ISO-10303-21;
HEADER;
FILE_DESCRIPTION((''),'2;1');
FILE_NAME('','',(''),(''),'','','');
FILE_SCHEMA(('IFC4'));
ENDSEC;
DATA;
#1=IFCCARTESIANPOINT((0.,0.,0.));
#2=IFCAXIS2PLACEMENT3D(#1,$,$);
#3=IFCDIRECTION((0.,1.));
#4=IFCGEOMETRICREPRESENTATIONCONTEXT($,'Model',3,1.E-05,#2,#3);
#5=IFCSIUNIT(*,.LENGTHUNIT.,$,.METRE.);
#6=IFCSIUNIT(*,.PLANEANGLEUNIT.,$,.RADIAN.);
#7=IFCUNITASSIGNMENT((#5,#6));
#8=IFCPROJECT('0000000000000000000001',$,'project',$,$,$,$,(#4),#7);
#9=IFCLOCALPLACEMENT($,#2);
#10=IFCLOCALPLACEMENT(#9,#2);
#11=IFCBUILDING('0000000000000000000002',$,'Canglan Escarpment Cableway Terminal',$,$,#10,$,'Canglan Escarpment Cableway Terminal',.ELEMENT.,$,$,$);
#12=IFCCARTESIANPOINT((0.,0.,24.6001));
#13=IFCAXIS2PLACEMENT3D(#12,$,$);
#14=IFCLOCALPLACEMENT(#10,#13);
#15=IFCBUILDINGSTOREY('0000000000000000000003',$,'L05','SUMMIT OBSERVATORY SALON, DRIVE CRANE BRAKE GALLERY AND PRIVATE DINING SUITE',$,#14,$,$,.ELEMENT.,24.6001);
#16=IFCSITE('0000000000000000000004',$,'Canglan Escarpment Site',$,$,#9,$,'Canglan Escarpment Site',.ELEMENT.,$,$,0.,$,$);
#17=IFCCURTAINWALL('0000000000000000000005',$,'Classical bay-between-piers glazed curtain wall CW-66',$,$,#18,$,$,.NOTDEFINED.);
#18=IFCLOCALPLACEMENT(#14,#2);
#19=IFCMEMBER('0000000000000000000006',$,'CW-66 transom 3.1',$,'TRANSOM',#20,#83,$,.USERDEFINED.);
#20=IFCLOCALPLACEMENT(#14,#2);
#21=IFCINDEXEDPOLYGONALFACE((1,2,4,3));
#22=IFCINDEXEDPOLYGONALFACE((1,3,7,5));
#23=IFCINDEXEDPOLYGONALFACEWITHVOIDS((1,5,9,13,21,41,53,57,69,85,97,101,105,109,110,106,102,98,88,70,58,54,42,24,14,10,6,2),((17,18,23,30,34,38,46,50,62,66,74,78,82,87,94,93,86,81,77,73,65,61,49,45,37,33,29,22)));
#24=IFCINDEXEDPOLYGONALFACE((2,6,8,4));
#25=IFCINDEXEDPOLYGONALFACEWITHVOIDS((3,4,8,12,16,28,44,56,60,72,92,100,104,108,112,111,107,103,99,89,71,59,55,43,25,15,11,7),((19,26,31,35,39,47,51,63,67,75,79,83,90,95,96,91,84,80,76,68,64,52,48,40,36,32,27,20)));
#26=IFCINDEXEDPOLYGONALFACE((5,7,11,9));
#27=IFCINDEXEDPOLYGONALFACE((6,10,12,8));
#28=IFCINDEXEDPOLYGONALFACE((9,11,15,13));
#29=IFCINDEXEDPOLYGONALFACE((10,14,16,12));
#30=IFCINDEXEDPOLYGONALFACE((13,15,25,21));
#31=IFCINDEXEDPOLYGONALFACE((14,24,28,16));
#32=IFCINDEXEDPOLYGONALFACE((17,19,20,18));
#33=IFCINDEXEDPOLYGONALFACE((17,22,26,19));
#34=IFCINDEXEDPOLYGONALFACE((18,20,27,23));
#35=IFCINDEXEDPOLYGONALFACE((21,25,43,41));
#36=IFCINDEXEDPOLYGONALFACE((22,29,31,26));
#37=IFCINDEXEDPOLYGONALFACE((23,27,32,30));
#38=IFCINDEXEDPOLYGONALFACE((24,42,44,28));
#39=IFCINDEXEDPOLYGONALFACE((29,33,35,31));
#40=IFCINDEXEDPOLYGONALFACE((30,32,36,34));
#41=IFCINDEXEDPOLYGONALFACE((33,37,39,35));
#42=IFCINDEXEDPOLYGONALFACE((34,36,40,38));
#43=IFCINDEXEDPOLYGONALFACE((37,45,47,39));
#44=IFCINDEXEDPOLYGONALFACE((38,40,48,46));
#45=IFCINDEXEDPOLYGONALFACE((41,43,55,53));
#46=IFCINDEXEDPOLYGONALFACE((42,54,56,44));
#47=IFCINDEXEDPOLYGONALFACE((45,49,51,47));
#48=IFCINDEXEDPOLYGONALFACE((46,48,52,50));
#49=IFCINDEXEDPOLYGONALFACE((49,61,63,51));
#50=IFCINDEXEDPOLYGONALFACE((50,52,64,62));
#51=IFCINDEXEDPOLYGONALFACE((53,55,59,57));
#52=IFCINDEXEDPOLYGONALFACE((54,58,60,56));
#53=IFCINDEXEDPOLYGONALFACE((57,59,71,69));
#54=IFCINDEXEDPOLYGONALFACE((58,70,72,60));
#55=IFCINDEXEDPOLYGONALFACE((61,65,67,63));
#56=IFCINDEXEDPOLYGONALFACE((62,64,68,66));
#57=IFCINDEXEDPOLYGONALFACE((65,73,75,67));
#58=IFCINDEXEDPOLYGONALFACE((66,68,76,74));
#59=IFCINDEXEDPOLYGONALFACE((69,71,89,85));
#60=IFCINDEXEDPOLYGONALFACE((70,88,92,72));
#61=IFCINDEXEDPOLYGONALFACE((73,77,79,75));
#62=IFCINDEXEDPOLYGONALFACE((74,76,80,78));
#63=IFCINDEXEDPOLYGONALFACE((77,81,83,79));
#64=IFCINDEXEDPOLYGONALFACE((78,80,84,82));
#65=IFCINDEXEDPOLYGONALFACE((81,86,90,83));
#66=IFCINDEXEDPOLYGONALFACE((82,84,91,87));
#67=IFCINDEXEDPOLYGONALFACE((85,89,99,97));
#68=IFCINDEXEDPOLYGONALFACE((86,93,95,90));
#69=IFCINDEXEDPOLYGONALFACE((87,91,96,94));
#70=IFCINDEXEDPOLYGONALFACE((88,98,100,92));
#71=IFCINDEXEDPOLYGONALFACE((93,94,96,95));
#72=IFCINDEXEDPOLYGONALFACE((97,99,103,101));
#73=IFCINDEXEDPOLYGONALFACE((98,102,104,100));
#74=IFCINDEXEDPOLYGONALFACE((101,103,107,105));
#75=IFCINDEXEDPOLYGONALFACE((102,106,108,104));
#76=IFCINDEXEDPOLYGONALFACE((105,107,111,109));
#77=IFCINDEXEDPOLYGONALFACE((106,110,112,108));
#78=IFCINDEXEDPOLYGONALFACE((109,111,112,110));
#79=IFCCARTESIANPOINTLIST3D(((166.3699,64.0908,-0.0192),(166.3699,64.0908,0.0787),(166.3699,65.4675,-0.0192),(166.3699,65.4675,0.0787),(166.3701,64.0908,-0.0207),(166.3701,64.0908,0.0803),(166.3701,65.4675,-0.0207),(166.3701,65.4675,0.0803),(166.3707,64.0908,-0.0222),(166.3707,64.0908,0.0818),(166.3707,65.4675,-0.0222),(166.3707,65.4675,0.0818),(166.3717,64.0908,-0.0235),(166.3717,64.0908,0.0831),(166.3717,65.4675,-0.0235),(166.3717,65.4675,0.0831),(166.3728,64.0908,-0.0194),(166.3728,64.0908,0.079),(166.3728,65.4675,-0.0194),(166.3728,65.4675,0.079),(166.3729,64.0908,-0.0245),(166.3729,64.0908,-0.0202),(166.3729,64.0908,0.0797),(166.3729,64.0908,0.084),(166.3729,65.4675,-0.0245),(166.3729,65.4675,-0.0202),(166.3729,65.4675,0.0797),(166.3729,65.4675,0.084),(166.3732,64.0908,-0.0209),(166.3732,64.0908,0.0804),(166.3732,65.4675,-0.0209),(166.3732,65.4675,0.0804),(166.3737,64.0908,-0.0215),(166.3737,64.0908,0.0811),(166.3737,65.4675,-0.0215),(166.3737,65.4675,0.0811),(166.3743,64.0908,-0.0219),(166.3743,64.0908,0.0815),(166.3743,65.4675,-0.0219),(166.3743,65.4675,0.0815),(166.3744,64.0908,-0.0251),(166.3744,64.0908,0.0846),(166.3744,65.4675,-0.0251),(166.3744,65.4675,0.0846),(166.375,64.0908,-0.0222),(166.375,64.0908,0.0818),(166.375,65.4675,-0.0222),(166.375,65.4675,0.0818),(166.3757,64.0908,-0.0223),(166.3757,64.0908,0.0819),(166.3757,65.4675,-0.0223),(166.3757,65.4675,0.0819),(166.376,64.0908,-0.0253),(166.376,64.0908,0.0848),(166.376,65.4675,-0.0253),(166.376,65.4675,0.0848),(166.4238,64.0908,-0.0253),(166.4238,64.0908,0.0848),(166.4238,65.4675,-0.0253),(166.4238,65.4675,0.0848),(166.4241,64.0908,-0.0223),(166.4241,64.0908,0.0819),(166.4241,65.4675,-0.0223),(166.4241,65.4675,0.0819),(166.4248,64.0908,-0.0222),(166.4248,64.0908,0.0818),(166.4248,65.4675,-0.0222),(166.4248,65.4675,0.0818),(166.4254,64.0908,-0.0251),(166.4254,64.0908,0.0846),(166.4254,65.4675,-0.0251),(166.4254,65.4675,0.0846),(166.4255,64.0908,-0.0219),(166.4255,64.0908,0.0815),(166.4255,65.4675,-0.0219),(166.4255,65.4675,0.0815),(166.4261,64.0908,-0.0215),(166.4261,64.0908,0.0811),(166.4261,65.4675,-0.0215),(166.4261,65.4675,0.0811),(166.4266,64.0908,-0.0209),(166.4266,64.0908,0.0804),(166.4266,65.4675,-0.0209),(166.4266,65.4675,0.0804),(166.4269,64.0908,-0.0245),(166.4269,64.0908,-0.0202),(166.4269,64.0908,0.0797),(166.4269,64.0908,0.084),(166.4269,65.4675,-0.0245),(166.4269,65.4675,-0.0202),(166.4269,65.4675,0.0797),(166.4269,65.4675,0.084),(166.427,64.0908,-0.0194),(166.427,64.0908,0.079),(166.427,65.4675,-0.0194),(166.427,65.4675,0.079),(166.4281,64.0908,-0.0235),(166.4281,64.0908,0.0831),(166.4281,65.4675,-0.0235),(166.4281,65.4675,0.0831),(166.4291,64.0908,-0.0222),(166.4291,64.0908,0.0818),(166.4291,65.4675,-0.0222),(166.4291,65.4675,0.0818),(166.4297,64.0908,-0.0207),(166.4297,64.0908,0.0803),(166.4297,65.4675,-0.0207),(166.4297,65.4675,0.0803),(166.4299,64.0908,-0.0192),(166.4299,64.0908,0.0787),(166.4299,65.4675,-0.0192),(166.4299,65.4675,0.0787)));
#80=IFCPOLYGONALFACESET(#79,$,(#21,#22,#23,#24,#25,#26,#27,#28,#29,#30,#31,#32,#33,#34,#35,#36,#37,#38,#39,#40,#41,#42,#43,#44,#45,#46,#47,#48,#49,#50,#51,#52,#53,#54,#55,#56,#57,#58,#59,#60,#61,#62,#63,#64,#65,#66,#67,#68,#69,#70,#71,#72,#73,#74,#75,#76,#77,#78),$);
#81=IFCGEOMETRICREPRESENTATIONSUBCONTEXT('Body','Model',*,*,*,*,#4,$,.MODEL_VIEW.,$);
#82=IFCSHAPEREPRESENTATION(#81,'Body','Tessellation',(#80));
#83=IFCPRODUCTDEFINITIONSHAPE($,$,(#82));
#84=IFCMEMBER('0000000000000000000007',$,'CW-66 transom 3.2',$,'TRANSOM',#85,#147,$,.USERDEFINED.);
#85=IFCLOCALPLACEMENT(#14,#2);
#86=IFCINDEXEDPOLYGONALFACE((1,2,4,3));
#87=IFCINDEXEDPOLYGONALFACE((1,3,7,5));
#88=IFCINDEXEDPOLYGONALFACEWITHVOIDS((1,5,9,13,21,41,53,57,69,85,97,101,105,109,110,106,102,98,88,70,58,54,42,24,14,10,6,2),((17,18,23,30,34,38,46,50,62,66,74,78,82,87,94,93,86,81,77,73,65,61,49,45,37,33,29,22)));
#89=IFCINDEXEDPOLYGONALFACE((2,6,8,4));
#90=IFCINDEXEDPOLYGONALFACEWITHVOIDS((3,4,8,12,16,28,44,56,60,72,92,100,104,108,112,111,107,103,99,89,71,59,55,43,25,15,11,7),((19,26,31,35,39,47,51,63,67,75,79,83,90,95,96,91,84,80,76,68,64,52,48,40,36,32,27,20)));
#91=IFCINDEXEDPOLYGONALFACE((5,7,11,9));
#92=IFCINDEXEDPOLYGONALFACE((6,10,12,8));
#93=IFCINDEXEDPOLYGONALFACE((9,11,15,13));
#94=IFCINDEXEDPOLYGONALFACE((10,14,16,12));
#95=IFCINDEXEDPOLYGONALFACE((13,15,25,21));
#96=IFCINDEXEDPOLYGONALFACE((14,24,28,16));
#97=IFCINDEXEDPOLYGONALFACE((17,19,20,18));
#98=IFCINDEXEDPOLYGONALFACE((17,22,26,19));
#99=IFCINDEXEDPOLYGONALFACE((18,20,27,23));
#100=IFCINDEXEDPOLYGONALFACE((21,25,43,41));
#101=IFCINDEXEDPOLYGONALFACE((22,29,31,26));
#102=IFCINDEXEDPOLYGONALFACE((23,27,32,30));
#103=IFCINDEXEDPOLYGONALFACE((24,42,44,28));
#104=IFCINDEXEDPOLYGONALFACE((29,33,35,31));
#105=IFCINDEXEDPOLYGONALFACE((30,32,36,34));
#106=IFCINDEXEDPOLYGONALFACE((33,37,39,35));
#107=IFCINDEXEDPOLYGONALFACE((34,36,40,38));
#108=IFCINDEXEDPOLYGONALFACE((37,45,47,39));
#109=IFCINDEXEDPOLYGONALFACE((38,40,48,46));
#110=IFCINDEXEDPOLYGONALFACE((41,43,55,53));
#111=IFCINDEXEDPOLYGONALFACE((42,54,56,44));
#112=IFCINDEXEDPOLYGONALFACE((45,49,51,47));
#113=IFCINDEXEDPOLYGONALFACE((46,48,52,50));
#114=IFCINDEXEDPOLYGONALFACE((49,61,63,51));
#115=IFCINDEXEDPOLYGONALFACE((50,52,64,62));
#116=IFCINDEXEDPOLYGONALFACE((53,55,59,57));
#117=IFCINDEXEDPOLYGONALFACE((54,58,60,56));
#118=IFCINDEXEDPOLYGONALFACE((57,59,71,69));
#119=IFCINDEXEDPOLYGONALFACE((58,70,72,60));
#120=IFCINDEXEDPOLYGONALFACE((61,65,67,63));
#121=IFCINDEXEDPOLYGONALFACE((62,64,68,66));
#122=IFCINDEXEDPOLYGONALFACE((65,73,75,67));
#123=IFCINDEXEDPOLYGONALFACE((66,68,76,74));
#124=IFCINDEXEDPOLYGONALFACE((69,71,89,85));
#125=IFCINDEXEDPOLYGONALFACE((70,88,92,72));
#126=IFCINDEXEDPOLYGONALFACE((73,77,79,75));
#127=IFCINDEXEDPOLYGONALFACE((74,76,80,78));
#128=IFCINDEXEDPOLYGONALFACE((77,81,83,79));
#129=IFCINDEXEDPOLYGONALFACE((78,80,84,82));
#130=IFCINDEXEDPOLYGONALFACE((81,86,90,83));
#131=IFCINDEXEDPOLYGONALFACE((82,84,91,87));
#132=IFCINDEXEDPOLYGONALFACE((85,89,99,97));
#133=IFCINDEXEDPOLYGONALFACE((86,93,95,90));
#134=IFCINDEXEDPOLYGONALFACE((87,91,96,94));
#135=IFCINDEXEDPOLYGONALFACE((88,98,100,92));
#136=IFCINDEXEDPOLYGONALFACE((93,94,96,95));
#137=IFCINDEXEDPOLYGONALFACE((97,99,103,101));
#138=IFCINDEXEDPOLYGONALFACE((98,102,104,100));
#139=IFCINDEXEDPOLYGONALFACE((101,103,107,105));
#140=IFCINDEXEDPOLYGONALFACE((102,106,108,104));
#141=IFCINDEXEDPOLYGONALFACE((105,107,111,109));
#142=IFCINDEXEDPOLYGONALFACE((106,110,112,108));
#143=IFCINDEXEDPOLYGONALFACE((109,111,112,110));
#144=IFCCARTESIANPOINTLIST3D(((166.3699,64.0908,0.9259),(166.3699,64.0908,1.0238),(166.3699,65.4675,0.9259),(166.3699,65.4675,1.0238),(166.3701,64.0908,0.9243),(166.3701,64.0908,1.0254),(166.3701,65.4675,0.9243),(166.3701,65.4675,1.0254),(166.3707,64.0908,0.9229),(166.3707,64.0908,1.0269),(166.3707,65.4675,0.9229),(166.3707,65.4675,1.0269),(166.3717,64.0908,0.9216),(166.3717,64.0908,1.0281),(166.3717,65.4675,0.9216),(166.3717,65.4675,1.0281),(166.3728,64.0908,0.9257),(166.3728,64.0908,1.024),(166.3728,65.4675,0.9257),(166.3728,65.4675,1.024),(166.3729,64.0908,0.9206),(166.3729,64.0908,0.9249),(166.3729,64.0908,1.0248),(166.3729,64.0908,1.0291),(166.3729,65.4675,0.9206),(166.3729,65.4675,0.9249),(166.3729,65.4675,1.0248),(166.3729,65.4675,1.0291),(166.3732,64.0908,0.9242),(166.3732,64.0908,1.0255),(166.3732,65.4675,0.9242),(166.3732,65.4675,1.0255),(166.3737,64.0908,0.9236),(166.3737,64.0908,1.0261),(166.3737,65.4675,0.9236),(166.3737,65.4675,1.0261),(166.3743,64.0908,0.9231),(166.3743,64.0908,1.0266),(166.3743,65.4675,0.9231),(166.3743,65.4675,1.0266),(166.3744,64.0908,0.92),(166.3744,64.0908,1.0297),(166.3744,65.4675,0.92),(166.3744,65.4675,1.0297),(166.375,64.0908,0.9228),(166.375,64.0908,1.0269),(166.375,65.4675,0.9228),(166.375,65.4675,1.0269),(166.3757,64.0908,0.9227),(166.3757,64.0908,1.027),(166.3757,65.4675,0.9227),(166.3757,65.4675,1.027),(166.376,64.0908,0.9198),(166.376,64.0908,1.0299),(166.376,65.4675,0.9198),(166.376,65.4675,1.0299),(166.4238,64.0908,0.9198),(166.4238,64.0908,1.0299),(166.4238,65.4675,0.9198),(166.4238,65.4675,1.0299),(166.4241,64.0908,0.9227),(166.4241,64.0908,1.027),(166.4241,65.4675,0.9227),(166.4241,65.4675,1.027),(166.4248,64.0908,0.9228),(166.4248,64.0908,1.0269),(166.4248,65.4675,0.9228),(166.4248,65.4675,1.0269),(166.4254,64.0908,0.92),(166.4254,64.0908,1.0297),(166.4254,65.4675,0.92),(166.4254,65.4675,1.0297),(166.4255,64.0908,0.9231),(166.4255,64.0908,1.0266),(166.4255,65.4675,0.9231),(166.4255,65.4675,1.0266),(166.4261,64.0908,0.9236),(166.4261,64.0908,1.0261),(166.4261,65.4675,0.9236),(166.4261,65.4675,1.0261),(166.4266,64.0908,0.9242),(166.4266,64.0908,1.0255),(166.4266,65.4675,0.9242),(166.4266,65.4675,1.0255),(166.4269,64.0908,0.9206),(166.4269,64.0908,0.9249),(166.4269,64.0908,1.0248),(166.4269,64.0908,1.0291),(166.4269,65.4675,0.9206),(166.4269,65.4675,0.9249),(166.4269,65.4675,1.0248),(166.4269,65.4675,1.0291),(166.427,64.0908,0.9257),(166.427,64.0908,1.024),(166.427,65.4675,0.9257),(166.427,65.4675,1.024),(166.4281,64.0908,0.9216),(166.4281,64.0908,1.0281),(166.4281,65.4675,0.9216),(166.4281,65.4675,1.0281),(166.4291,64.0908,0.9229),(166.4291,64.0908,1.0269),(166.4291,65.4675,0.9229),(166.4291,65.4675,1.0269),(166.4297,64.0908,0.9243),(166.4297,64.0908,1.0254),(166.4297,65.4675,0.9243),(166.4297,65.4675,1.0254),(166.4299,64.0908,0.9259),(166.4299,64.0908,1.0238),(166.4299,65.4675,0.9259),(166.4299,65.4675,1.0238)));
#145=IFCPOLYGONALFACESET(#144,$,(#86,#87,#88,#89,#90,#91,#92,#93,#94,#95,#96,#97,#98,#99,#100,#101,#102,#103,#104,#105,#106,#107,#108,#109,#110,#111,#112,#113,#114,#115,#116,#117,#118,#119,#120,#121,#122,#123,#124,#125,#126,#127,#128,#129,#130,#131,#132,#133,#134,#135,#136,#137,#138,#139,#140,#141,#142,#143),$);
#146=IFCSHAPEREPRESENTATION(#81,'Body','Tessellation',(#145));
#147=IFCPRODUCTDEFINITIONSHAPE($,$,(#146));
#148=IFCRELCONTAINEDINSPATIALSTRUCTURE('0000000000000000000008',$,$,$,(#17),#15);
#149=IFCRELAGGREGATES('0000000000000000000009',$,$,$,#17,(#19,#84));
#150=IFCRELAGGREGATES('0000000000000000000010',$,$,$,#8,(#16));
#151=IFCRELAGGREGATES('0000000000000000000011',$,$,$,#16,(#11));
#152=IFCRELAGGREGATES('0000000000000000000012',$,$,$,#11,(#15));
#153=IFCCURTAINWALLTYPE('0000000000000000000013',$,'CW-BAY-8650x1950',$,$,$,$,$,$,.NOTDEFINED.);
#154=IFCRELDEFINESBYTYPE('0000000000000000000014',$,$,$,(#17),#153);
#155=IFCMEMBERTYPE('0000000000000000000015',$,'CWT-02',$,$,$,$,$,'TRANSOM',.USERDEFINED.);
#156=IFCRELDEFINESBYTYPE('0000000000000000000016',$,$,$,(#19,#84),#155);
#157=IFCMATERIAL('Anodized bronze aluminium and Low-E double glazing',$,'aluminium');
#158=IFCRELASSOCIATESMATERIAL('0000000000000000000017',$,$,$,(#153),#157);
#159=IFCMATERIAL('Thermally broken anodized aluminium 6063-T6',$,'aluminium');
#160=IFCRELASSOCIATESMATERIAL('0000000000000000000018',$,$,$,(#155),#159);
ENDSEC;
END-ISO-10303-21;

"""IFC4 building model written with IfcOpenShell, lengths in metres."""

from ifc_helpers import new_model, si_unit, direction, frame, origin, origin_2d, place, context, subcontext, project, spatial, hollow_rectangle, extrude, material, material_profile, profile_set, type_object, element, aggregate, save


model = new_model("IFC4")

# Units and contexts
model_context = context("Model", 3, precision=1e-05, world=origin(), true_north=direction((0.0, 1.0)))
body_context = subcontext(model_context, "Body", "Model", "MODEL_VIEW")
ifc_project = project(units=[si_unit("LENGTHUNIT", "METRE"), si_unit("PLANEANGLEUNIT", "RADIAN")], contexts=[model_context])

# Site, building, storey
site_placement = place(None, origin())
site = spatial("IfcSite", under=ifc_project, at=site_placement, Name="Canglan Escarpment Site", LongName="Canglan Escarpment Site", CompositionType="ELEMENT", RefElevation=0.0)
building_placement = place(site_placement, origin())
building = spatial("IfcBuilding", under=site, at=building_placement, Name="Canglan Escarpment Cableway Terminal", LongName="Canglan Escarpment Cableway Terminal", CompositionType="ELEMENT")
storey_placement = place(building_placement, frame((0.0, 0.0, 24.6001)))
storey = spatial("IfcBuildingStorey", under=building, at=storey_placement, Name="L05", Description="SUMMIT OBSERVATORY SALON, DRIVE CRANE BRAKE GALLERY AND PRIVATE DINING SUITE", CompositionType="ELEMENT", Elevation=24.6001)

# Shared definitions
ifc_material_1 = material(Name="Anodized bronze aluminium and Low-E double glazing", Category="aluminium")
curtain_wall_type = type_object("IfcCurtainWallType", Name="CW-BAY-8650x1950", PredefinedType="NOTDEFINED", material=ifc_material_1)
ifc_material_2 = material(Name="Thermally broken anodized aluminium 6063-T6", Category="aluminium")

# Curtain wall
curtain_wall_1_placement = place(storey_placement, origin())
curtain_wall_1 = element("IfcCurtainWall", 1, at=curtain_wall_1_placement, inside=storey, type_object=curtain_wall_type, Name="Classical bay-between-piers glazed curtain wall CW-66", PredefinedType="NOTDEFINED")

# Members
ifc_material_profile_1 = material_profile(ifc_material_2, hollow_rectangle(XDim=0.0601, YDim=0.1101, WallThickness=0.0029, InnerFilletRadius=0.0029, OuterFilletRadius=0.0061, at=origin_2d()), Name="ALU-TRAN 60x110x3")
ifc_profile_set_1 = profile_set([ifc_material_profile_1], Name="Thermally broken anodized aluminium 6063-T6")
member_type_1 = type_object("IfcMemberType", Name="CWT-02", ElementType="TRANSOM", PredefinedType="USERDEFINED", material=ifc_profile_set_1)
member_1_placement = place(storey_placement, frame((166.3999, 64.0908, 0.0298), z_axis=(0.0, 1.0, 0.0), x_axis=(-1.0, 0.0, 0.0)))
member_1 = element("IfcMember", 2, at=member_1_placement, type_object=member_type_1, Name="CW-66 transom 3.1", ObjectType="TRANSOM", PredefinedType="USERDEFINED", context=body_context, shape_type="SweptSolid", body=[
    extrude(hollow_rectangle(XDim=0.0601, YDim=0.1101, WallThickness=0.0029, InnerFilletRadius=0.0029, OuterFilletRadius=0.0061, at=origin_2d()), origin(), (0.0, 0.0, 1.0), 1.3767),
])
member_2_placement = place(storey_placement, frame((166.3999, 64.0908, 0.9749), z_axis=(0.0, 1.0, 0.0), x_axis=(-1.0, 0.0, 0.0)))
member_2 = element("IfcMember", 3, at=member_2_placement, type_object=member_type_1, Name="CW-66 transom 3.2", ObjectType="TRANSOM", PredefinedType="USERDEFINED", context=body_context, shape_type="SweptSolid", body=[
    extrude(hollow_rectangle(XDim=0.0601, YDim=0.1101, WallThickness=0.0029, InnerFilletRadius=0.0029, OuterFilletRadius=0.0061, at=origin_2d()), origin(), (0.0, 0.0, 1.0), 1.3767),
])

aggregate(curtain_wall_1, [member_1, member_2])

save(model, "model.ifc")
